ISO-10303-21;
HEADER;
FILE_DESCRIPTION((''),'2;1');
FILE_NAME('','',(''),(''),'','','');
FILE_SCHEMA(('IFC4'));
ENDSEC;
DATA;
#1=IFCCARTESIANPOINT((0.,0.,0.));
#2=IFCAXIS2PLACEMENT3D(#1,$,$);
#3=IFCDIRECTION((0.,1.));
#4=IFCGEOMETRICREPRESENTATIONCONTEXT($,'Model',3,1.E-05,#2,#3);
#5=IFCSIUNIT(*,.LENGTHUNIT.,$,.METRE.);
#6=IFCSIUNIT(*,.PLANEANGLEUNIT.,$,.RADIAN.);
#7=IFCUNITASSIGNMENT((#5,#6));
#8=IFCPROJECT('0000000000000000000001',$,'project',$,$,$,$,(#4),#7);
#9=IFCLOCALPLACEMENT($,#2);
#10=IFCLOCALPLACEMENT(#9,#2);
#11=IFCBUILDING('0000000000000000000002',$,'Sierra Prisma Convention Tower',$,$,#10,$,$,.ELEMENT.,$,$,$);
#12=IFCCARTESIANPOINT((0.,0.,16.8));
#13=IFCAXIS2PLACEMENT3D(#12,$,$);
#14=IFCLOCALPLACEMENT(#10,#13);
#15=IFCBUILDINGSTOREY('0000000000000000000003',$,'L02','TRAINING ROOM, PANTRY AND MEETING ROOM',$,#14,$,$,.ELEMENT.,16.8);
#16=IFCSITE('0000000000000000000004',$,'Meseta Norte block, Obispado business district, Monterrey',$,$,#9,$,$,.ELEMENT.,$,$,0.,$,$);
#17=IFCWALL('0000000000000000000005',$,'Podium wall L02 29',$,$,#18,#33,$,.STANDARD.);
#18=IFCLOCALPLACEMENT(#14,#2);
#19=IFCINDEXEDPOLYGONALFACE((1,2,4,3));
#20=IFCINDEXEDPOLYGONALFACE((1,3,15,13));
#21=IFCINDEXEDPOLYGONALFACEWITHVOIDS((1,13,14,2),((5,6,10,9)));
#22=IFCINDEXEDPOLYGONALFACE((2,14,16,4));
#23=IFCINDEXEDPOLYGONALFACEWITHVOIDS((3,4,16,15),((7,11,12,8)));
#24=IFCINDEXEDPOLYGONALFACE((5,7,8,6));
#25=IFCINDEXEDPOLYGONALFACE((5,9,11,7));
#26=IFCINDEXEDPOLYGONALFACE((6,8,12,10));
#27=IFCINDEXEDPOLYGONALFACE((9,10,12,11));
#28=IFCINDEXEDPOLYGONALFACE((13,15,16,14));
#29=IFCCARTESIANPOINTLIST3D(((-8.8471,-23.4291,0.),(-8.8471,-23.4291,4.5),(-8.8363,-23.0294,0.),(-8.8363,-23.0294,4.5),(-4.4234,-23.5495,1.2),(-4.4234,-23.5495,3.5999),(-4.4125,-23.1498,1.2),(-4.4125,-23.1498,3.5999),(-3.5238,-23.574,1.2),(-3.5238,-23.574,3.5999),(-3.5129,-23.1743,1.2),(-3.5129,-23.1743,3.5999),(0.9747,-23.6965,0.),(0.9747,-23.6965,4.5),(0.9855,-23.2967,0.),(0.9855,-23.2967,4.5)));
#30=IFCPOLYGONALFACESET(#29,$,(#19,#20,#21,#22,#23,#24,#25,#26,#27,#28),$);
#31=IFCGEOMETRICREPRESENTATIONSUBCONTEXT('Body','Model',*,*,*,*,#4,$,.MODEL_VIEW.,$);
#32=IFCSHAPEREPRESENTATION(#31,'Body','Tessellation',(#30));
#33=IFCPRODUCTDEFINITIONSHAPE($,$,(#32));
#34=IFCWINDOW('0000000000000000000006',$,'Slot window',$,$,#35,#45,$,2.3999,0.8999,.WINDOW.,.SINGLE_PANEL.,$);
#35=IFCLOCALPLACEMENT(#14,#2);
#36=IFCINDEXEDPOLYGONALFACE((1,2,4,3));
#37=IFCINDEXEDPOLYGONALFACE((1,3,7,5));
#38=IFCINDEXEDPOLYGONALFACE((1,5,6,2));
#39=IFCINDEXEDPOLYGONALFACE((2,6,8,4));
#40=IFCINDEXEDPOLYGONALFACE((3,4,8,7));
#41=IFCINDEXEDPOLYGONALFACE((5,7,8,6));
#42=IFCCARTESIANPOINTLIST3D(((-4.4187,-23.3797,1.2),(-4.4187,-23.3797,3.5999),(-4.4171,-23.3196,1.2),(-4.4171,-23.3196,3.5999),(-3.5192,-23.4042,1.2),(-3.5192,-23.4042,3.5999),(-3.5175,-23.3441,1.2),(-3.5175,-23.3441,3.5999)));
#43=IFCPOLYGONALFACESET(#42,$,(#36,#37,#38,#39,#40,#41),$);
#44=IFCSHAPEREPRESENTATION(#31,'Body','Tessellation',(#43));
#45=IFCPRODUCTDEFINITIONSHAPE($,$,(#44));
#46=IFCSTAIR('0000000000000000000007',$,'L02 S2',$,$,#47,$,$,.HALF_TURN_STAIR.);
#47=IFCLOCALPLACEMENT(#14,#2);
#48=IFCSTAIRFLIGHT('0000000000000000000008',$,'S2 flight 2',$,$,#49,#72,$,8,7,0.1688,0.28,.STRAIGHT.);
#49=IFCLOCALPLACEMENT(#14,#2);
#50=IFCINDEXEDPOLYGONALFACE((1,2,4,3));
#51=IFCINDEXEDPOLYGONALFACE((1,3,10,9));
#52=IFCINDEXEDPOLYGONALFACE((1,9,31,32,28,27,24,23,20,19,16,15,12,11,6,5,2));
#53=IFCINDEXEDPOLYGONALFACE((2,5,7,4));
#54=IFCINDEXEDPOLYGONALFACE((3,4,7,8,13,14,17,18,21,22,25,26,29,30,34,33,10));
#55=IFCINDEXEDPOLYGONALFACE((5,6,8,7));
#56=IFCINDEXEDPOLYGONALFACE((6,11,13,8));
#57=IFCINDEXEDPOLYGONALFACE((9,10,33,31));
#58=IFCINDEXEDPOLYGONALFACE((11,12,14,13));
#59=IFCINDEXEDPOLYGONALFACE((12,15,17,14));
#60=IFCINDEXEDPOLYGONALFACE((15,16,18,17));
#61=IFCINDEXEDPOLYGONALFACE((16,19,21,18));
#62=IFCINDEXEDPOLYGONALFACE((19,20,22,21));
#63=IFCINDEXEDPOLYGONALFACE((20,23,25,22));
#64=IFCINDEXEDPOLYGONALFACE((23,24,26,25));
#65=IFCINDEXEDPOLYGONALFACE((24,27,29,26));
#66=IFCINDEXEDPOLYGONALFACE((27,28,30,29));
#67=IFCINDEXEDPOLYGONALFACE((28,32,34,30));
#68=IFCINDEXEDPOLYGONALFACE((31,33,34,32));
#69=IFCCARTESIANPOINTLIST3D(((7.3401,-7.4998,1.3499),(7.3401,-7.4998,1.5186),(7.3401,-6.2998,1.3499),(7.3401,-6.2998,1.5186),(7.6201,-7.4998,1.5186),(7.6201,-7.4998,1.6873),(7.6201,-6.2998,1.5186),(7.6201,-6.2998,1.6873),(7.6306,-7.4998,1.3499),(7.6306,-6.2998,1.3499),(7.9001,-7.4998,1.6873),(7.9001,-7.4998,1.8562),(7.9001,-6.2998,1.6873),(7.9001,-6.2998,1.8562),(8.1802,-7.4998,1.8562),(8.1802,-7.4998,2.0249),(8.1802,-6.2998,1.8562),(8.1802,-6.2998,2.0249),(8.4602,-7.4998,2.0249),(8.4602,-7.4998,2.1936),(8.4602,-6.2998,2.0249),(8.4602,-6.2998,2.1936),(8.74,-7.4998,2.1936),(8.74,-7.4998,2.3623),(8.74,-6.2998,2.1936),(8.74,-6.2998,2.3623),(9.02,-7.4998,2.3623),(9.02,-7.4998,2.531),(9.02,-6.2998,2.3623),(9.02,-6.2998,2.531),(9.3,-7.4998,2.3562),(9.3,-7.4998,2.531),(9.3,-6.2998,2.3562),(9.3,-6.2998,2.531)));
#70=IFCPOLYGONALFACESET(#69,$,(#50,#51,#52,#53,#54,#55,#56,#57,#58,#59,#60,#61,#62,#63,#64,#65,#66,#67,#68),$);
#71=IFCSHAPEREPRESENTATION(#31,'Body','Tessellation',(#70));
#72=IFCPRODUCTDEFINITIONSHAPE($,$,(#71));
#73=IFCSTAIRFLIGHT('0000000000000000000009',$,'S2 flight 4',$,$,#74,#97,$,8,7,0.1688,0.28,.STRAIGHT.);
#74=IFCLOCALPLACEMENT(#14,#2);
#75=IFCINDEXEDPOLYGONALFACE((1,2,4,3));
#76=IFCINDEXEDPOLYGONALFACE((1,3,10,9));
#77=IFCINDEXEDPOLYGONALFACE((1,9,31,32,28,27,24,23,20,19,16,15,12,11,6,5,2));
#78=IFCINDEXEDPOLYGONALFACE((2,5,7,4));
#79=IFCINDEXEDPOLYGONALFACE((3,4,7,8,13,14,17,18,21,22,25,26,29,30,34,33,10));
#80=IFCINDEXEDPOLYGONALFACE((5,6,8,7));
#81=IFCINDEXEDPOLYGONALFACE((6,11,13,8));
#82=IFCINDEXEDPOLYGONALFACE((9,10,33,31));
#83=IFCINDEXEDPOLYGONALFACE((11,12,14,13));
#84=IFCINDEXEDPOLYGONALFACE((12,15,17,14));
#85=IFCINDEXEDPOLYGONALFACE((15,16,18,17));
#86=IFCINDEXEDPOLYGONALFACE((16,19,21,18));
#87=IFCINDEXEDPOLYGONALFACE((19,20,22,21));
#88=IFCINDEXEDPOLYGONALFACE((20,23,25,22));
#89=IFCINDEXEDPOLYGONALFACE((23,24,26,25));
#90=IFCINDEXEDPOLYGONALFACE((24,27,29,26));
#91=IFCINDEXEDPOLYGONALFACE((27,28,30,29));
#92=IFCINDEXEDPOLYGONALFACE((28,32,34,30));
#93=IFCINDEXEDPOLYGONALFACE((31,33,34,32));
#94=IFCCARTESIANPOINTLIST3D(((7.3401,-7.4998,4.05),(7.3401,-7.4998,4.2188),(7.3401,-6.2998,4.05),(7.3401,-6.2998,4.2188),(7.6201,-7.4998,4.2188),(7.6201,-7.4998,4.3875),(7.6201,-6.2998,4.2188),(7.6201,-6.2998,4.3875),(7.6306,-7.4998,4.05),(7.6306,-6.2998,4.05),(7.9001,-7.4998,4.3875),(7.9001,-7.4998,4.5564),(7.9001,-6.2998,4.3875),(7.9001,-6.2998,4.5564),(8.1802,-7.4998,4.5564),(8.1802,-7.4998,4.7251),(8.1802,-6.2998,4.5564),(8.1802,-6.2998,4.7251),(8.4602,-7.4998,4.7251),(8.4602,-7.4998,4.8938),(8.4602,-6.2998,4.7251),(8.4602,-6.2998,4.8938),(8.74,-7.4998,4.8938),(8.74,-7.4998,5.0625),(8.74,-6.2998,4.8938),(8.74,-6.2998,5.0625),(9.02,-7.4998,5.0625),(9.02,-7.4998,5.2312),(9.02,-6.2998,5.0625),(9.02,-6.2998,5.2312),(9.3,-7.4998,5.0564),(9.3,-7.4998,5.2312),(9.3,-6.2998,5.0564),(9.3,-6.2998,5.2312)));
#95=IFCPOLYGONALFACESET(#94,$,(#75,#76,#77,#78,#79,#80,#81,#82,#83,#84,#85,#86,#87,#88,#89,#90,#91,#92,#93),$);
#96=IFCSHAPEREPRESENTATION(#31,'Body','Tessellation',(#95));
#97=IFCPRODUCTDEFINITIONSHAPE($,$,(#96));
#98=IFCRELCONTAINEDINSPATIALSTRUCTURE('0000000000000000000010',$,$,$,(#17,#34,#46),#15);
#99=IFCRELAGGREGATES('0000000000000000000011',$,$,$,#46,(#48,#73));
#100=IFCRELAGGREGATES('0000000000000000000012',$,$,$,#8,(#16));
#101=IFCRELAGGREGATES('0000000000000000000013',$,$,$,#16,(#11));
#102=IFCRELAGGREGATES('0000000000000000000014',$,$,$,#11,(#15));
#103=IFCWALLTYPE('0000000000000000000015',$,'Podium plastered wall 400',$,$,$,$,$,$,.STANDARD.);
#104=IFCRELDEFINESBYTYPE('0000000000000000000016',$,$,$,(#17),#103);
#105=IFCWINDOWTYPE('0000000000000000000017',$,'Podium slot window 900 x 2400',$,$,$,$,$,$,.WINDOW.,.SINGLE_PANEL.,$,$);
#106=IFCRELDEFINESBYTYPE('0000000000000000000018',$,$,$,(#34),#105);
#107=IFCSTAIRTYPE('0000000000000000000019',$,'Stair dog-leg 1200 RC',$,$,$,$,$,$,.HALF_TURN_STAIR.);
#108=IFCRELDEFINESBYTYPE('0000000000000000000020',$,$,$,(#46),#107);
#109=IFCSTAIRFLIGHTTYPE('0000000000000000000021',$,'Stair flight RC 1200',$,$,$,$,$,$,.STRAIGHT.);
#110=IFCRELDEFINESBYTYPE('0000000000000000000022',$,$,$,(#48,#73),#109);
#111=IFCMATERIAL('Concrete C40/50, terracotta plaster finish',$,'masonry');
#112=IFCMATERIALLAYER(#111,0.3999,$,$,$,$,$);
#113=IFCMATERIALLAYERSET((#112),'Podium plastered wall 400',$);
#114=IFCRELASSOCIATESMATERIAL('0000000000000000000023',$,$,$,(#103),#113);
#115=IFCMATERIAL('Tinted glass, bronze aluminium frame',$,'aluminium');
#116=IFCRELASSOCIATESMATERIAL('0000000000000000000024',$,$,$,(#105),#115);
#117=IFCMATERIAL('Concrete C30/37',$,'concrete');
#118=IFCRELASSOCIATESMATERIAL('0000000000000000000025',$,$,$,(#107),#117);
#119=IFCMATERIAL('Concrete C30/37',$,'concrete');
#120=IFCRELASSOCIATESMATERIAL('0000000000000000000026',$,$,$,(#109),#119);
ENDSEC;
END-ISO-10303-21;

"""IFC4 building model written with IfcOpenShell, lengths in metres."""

from ifc_helpers import new_model, si_unit, direction, frame, frame_2d, origin, place, context, subcontext, project, spatial, polyline, rectangle, outline, extrude, material, layer, layer_set, type_object, element, fill, aggregate, save


model = new_model("IFC4")

# Units and contexts
model_context = context("Model", 3, precision=1e-05, world=origin(), true_north=direction((0.0, 1.0)))
body_context = subcontext(model_context, "Body", "Model", "MODEL_VIEW")
ifc_project = project(units=[si_unit("LENGTHUNIT", "METRE"), si_unit("PLANEANGLEUNIT", "RADIAN")], contexts=[model_context])

# Site, building, storey
site_placement = place(None, origin())
site = spatial("IfcSite", under=ifc_project, at=site_placement, Name="Meseta Norte block, Obispado business district, Monterrey", CompositionType="ELEMENT", RefElevation=0.0)
building_placement = place(site_placement, origin())
building = spatial("IfcBuilding", under=site, at=building_placement, Name="Sierra Prisma Convention Tower", CompositionType="ELEMENT")
storey_placement = place(building_placement, frame((0.0, 0.0, 16.8)))
storey = spatial("IfcBuildingStorey", under=building, at=storey_placement, Name="L02", Description="TRAINING ROOM, PANTRY AND MEETING ROOM", CompositionType="ELEMENT", Elevation=16.8)

# Wall, opening, window
ifc_material_1 = material(Name="Concrete C40/50, terracotta plaster finish", Category="masonry")
ifc_layer_1 = layer(ifc_material_1, 0.3999)
ifc_layer_set_1 = layer_set([ifc_layer_1], Name="Podium plastered wall 400")
wall_type_1 = type_object("IfcWallType", Name="Podium plastered wall 400", PredefinedType="STANDARD", material=ifc_layer_set_1)
wall_1_placement = place(storey_placement, frame((0.98, -23.4966, 0.0), z_axis=(0.0, 0.0, 1.0), x_axis=(-0.99963, 0.027208, 0.0)))
wall_1 = element("IfcWall", 1, at=wall_1_placement, inside=storey, type_object=wall_type_1, Name="Podium wall L02 29", PredefinedType="STANDARD", context=body_context, shape_type="SweptSolid", body=[
    extrude(rectangle(XDim=9.8254, YDim=0.3999, at=frame_2d((4.9126, 0.0))), origin(), (0.0, 0.0, 1.0), 4.5),
])
opening_1_placement = place(wall_1_placement, frame((4.5, 0.0, 1.2)))
opening_1 = element("IfcOpeningElement", 2, at=opening_1_placement, cuts=wall_1, PredefinedType="OPENING", context=body_context, shape_type="SweptSolid", body=[
    extrude(rectangle(XDim=0.8999, YDim=2.3999, at=frame_2d((0.45, 1.2))), frame((0.0, 0.2, 0.0), z_axis=(0.0, -1.0, 0.0), x_axis=(1.0, 0.0, 0.0)), (0.0, 0.0, 1.0), 0.3999),
])
ifc_material_2 = material(Name="Tinted glass, bronze aluminium frame", Category="aluminium")
window_type = type_object("IfcWindowType", Name="Podium slot window 900 x 2400", PartitioningType="SINGLE_PANEL", PredefinedType="WINDOW", material=ifc_material_2)
window_placement = place(opening_1_placement, origin())
window = element("IfcWindow", 3, at=window_placement, inside=storey, type_object=window_type, Name="Slot window", OverallHeight=2.3999, OverallWidth=0.8999, PartitioningType="SINGLE_PANEL", PredefinedType="WINDOW", context=body_context, shape_type="SweptSolid", body=[
    extrude(rectangle(XDim=0.8999, YDim=2.3999, at=frame_2d((0.45, 1.2))), frame((0.0, 0.03, 0.0), z_axis=(0.0, -1.0, 0.0), x_axis=(1.0, 0.0, 0.0)), (0.0, 0.0, 1.0), 0.0601),
])
fill(opening_1, window)

# Stair, stair flights
ifc_material_3 = material(Name="Concrete C30/37", Category="concrete")
stair_type = type_object("IfcStairType", Name="Stair dog-leg 1200 RC", PredefinedType="HALF_TURN_STAIR", material=ifc_material_3)
stair_placement = place(storey_placement, origin())
stair = element("IfcStair", 4, at=stair_placement, inside=storey, type_object=stair_type, Name="L02 S2", PredefinedType="HALF_TURN_STAIR")
ifc_material_4 = material(Name="Concrete C30/37", Category="concrete")
stair_flight_type = type_object("IfcStairFlightType", Name="Stair flight RC 1200", PredefinedType="STRAIGHT", material=ifc_material_4)
stair_flight_1_placement = place(storey_placement, frame((7.3401, -6.8999, 1.3499), z_axis=(0.0, 0.0, 1.0), x_axis=(1.0, 0.0, 0.0)))
stair_flight_1 = element("IfcStairFlight", 5, at=stair_flight_1_placement, type_object=stair_flight_type, Name="S2 flight 2", NumberOfRisers=8, NumberOfTreads=7, PredefinedType="STRAIGHT", RiserHeight=0.1688, TreadLength=0.28, context=body_context, shape_type="SweptSolid", body=[
    extrude(outline(polyline([(0.0, 0.0), (0.0, 0.1687), (0.28, 0.1687), (0.28, 0.3374), (0.5601, 0.3374), (0.5601, 0.5063), (0.8401, 0.5063), (0.8401, 0.675), (1.1201, 0.675), (1.1201, 0.8438), (1.3999, 0.8438), (1.3999, 1.0125), (1.6799, 1.0125), (1.6799, 1.1812), (1.96, 1.1812), (1.96, 1.3501), (1.96, 1.0063), (0.2905, 0.0), (0.0, 0.0)])), frame((0.0, 0.6001, 0.0), z_axis=(0.0, -1.0, 0.0), x_axis=(1.0, 0.0, 0.0)), (0.0, 0.0, 1.0), 1.2),
])
stair_flight_2_placement = place(storey_placement, frame((7.3401, -6.8999, 4.05), z_axis=(0.0, 0.0, 1.0), x_axis=(1.0, 0.0, 0.0)))
stair_flight_2 = element("IfcStairFlight", 6, at=stair_flight_2_placement, type_object=stair_flight_type, Name="S2 flight 4", NumberOfRisers=8, NumberOfTreads=7, PredefinedType="STRAIGHT", RiserHeight=0.1688, TreadLength=0.28, context=body_context, shape_type="SweptSolid", body=[
    extrude(outline(polyline([(0.0, 0.0), (0.0, 0.1687), (0.28, 0.1687), (0.28, 0.3374), (0.5601, 0.3374), (0.5601, 0.5063), (0.8401, 0.5063), (0.8401, 0.675), (1.1201, 0.675), (1.1201, 0.8438), (1.3999, 0.8438), (1.3999, 1.0125), (1.6799, 1.0125), (1.6799, 1.1812), (1.96, 1.1812), (1.96, 1.3501), (1.96, 1.0063), (0.2905, 0.0), (0.0, 0.0)])), frame((0.0, 0.6001, 0.0), z_axis=(0.0, -1.0, 0.0), x_axis=(1.0, 0.0, 0.0)), (0.0, 0.0, 1.0), 1.2),
])
aggregate(stair, [stair_flight_1, stair_flight_2])

save(model, "model.ifc")
